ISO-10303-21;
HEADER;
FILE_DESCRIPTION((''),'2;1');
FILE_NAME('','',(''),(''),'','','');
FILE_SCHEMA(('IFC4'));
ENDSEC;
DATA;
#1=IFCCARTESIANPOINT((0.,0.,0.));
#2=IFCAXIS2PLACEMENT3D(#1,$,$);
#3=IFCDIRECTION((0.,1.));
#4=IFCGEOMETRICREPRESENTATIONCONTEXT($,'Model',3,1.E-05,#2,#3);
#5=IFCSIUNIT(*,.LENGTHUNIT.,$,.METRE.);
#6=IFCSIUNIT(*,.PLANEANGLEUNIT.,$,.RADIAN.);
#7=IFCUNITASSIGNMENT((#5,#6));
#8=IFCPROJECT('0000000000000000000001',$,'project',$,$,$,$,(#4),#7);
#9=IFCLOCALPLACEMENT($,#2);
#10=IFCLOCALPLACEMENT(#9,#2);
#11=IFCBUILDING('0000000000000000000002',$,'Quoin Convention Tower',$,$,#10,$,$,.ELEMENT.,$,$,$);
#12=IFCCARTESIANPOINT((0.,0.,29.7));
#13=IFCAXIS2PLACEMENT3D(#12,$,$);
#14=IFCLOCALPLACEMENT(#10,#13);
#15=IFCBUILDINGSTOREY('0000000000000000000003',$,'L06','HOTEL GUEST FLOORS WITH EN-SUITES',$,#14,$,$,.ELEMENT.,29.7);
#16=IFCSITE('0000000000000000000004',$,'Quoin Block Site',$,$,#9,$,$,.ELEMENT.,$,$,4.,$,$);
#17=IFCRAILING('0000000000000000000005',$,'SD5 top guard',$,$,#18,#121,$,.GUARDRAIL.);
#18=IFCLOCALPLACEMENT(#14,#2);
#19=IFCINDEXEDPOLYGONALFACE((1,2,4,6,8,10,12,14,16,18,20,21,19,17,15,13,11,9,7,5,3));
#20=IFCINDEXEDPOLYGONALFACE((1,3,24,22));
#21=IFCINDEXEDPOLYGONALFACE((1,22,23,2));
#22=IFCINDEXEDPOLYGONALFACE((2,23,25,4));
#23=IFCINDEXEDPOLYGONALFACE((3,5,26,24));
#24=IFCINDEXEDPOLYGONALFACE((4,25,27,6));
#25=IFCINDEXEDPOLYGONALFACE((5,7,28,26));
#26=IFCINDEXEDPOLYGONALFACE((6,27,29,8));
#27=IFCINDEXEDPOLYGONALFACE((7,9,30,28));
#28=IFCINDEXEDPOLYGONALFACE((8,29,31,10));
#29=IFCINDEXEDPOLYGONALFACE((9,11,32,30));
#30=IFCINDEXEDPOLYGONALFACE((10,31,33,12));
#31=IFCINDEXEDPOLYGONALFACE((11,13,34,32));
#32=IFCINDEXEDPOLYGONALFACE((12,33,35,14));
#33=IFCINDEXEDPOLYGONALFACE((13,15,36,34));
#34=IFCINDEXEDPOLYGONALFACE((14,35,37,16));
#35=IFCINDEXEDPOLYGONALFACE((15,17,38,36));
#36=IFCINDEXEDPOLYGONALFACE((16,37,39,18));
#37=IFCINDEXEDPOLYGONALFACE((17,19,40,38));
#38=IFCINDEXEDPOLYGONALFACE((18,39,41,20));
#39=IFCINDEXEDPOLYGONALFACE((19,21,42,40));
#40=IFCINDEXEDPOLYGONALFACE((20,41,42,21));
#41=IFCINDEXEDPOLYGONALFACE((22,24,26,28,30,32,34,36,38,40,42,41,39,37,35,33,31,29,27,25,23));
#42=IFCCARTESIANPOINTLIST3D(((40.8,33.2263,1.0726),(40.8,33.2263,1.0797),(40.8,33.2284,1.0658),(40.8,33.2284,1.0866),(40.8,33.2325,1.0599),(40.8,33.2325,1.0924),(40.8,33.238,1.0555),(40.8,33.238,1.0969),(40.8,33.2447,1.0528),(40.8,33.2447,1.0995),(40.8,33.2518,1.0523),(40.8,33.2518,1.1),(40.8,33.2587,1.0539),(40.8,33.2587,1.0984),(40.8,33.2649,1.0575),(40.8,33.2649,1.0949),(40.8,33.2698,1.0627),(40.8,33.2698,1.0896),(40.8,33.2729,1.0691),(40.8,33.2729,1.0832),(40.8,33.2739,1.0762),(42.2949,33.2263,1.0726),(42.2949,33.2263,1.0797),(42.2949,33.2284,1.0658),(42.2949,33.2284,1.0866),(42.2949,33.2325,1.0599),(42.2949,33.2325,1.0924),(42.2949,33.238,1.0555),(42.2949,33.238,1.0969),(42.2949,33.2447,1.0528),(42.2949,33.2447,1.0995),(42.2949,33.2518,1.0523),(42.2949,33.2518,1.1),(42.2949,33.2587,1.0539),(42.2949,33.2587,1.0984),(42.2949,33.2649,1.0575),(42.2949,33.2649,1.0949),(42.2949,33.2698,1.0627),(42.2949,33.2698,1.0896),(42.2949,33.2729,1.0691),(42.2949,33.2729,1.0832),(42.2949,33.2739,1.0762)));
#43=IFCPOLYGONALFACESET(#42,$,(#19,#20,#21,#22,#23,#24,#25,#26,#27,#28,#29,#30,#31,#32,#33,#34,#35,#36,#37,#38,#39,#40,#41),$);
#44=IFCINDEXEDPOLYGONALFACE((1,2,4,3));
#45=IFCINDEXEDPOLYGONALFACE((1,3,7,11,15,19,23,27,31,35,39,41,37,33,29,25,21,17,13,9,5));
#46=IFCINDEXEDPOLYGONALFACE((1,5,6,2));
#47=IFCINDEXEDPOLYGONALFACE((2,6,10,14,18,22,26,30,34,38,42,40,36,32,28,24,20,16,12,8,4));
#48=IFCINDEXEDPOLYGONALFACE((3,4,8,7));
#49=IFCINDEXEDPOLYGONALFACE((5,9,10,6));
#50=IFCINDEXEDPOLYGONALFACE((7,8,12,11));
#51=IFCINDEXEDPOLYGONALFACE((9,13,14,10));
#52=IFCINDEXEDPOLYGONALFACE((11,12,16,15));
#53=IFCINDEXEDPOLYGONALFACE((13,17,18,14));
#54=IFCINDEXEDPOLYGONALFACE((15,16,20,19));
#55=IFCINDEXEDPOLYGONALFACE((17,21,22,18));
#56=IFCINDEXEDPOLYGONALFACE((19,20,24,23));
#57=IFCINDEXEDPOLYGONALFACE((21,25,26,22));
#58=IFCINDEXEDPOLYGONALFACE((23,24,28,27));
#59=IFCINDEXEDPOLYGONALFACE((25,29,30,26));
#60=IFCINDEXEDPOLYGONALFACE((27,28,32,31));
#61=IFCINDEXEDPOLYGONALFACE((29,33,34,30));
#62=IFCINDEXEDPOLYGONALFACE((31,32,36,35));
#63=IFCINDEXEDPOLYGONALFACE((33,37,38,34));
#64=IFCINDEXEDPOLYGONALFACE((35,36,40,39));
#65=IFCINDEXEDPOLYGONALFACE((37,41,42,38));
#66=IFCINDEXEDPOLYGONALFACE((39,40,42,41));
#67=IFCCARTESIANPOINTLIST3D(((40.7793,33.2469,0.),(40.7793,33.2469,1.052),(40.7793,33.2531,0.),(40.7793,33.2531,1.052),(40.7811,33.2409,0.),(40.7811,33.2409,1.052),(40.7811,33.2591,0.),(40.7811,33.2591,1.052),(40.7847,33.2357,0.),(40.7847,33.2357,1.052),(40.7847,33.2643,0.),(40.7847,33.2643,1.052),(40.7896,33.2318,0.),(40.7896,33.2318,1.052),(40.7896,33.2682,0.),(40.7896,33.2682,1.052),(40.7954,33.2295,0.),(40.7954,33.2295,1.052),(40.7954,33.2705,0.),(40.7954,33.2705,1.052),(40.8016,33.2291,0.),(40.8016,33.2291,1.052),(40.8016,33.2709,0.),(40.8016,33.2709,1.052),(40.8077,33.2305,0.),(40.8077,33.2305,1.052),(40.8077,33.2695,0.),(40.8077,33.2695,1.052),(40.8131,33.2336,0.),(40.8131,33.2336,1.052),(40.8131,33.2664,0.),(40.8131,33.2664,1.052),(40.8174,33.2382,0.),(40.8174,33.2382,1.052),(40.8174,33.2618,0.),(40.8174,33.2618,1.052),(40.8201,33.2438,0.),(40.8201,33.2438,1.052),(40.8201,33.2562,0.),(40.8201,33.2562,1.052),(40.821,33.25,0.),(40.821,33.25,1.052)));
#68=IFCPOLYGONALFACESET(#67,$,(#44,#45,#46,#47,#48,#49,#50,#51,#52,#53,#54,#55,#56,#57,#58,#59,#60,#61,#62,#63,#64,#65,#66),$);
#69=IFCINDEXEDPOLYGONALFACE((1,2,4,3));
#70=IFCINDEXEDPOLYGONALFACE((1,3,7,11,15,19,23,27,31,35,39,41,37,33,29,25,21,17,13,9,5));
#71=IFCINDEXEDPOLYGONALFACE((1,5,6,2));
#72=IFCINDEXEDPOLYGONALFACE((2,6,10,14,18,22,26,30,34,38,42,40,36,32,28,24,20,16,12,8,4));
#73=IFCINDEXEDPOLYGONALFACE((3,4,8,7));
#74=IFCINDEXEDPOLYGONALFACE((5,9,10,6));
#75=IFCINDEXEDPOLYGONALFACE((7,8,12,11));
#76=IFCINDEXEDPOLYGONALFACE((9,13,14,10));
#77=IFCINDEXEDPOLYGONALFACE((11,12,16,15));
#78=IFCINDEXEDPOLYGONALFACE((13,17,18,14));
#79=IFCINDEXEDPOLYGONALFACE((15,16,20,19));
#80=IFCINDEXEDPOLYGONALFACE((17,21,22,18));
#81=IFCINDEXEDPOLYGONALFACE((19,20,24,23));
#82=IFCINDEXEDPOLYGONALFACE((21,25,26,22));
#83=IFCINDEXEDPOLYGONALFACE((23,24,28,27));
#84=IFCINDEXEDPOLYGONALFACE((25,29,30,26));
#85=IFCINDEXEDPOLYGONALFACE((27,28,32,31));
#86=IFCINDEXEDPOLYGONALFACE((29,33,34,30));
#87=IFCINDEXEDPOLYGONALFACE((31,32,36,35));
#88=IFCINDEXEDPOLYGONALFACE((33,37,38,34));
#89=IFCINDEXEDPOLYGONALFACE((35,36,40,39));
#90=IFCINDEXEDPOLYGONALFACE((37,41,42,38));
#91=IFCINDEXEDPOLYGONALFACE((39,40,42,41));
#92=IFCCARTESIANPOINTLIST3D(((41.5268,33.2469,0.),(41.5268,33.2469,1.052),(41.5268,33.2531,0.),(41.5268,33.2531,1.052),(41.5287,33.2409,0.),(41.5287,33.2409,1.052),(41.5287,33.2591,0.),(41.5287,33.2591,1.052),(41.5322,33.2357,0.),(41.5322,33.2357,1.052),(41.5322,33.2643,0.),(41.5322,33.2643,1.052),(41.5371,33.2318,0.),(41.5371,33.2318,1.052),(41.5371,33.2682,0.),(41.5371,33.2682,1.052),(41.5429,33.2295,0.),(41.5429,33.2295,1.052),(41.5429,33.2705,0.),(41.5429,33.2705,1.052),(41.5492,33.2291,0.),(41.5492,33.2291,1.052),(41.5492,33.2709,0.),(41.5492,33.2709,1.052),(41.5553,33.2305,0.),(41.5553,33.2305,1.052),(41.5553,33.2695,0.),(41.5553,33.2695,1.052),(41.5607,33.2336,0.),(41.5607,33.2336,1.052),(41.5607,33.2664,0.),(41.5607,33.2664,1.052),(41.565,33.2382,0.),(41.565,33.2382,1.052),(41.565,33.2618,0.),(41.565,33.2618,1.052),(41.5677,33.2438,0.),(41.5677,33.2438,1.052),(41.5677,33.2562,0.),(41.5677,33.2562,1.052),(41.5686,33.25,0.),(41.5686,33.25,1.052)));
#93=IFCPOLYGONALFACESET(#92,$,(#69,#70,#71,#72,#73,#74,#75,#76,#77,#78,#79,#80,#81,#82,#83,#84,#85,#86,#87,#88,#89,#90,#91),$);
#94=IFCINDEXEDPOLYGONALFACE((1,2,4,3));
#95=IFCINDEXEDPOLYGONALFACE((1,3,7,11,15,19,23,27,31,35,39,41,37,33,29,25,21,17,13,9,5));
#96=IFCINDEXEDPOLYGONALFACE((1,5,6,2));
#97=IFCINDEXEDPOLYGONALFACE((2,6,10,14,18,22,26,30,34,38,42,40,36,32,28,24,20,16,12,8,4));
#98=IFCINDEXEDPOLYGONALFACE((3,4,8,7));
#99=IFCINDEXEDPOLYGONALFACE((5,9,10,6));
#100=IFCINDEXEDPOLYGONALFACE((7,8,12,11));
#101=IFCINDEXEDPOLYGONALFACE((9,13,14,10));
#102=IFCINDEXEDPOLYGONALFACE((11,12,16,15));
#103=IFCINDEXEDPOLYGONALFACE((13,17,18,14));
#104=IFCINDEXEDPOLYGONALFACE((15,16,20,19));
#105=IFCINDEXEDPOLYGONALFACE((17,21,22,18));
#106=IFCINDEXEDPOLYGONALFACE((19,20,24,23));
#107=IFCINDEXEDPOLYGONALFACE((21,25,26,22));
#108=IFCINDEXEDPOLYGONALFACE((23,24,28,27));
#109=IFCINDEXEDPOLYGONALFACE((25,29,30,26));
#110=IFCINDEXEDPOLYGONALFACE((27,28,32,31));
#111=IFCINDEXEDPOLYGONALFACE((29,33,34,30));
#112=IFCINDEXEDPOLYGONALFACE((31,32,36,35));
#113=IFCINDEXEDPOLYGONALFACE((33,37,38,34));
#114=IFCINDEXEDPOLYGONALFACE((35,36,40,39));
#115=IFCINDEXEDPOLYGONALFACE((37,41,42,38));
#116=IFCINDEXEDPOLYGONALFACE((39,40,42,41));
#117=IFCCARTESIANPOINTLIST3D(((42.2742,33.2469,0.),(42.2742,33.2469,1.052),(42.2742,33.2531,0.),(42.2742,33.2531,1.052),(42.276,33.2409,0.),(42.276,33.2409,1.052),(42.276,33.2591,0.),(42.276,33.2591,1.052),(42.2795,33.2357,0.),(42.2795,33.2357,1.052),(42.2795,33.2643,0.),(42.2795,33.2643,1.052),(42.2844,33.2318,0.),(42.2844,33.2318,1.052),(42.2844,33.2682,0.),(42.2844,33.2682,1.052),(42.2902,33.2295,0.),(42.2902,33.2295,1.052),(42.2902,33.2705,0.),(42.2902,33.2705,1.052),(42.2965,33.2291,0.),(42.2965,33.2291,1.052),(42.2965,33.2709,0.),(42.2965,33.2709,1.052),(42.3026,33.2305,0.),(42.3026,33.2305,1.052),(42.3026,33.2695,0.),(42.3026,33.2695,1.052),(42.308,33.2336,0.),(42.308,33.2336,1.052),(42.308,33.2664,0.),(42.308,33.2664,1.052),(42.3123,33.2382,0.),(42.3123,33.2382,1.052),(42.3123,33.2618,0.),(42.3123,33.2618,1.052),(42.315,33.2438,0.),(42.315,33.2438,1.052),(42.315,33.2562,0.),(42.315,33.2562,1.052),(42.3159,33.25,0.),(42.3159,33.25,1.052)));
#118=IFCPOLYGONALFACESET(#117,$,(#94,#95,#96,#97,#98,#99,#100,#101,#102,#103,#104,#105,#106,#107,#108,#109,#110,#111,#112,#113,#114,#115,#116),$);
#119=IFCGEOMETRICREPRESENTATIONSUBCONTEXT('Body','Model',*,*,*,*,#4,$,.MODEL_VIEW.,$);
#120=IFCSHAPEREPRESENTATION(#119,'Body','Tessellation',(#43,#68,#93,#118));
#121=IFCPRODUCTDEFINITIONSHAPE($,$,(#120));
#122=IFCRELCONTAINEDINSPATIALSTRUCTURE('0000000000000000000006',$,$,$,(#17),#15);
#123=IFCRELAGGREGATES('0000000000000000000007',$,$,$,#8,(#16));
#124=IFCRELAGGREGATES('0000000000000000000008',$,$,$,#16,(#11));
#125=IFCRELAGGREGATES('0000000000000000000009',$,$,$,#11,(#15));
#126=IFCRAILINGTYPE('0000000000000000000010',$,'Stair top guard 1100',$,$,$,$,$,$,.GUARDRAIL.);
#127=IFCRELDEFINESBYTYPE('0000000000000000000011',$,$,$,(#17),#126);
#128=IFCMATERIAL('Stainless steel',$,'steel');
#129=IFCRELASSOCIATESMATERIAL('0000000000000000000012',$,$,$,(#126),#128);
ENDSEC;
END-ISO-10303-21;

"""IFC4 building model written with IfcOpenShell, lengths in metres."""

from ifc_helpers import new_model, si_unit, direction, frame, origin, origin_2d, place, context, subcontext, project, spatial, circle, extrude, material, type_object, element, save


model = new_model("IFC4")

# Units and contexts
model_context = context("Model", 3, precision=1e-05, world=origin(), true_north=direction((0.0, 1.0)))
body_context = subcontext(model_context, "Body", "Model", "MODEL_VIEW")
ifc_project = project(units=[si_unit("LENGTHUNIT", "METRE"), si_unit("PLANEANGLEUNIT", "RADIAN")], contexts=[model_context])

# Site, building, storey
site_placement = place(None, origin())
site = spatial("IfcSite", under=ifc_project, at=site_placement, Name="Quoin Block Site", CompositionType="ELEMENT", RefElevation=4.0)
building_placement = place(site_placement, origin())
building = spatial("IfcBuilding", under=site, at=building_placement, Name="Quoin Convention Tower", CompositionType="ELEMENT")
storey_placement = place(building_placement, frame((0.0, 0.0, 29.7)))
storey = spatial("IfcBuildingStorey", under=building, at=storey_placement, Name="L06", Description="HOTEL GUEST FLOORS WITH EN-SUITES", CompositionType="ELEMENT", Elevation=29.7)

# Railing
ifc_material_1 = material(Name="Stainless steel", Category="steel")
railing_type_1 = type_object("IfcRailingType", Name="Stair top guard 1100", PredefinedType="GUARDRAIL", material=ifc_material_1)
railing_1_placement = place(storey_placement, frame((40.8, 33.25, 0.0)))
element("IfcRailing", 1, at=railing_1_placement, inside=storey, type_object=railing_type_1, Name="SD5 top guard", PredefinedType="GUARDRAIL", context=body_context, shape_type="SweptSolid", body=[
    extrude(circle(Radius=0.0239, at=origin_2d()), frame((0.0, 0.0, 1.0762), z_axis=(1.0, 0.0, 0.0), x_axis=(0.0, 1.0, 0.0)), (0.0, 0.0, 1.0), 1.4949),
    extrude(circle(Radius=0.021, at=origin_2d()), origin(), (0.0, 0.0, 1.0), 1.052),
    extrude(circle(Radius=0.021, at=origin_2d()), frame((0.7476, 0.0, 0.0)), (0.0, 0.0, 1.0), 1.052),
    extrude(circle(Radius=0.021, at=origin_2d()), frame((1.4949, 0.0, 0.0)), (0.0, 0.0, 1.0), 1.052),
])

save(model, "model.ifc")
